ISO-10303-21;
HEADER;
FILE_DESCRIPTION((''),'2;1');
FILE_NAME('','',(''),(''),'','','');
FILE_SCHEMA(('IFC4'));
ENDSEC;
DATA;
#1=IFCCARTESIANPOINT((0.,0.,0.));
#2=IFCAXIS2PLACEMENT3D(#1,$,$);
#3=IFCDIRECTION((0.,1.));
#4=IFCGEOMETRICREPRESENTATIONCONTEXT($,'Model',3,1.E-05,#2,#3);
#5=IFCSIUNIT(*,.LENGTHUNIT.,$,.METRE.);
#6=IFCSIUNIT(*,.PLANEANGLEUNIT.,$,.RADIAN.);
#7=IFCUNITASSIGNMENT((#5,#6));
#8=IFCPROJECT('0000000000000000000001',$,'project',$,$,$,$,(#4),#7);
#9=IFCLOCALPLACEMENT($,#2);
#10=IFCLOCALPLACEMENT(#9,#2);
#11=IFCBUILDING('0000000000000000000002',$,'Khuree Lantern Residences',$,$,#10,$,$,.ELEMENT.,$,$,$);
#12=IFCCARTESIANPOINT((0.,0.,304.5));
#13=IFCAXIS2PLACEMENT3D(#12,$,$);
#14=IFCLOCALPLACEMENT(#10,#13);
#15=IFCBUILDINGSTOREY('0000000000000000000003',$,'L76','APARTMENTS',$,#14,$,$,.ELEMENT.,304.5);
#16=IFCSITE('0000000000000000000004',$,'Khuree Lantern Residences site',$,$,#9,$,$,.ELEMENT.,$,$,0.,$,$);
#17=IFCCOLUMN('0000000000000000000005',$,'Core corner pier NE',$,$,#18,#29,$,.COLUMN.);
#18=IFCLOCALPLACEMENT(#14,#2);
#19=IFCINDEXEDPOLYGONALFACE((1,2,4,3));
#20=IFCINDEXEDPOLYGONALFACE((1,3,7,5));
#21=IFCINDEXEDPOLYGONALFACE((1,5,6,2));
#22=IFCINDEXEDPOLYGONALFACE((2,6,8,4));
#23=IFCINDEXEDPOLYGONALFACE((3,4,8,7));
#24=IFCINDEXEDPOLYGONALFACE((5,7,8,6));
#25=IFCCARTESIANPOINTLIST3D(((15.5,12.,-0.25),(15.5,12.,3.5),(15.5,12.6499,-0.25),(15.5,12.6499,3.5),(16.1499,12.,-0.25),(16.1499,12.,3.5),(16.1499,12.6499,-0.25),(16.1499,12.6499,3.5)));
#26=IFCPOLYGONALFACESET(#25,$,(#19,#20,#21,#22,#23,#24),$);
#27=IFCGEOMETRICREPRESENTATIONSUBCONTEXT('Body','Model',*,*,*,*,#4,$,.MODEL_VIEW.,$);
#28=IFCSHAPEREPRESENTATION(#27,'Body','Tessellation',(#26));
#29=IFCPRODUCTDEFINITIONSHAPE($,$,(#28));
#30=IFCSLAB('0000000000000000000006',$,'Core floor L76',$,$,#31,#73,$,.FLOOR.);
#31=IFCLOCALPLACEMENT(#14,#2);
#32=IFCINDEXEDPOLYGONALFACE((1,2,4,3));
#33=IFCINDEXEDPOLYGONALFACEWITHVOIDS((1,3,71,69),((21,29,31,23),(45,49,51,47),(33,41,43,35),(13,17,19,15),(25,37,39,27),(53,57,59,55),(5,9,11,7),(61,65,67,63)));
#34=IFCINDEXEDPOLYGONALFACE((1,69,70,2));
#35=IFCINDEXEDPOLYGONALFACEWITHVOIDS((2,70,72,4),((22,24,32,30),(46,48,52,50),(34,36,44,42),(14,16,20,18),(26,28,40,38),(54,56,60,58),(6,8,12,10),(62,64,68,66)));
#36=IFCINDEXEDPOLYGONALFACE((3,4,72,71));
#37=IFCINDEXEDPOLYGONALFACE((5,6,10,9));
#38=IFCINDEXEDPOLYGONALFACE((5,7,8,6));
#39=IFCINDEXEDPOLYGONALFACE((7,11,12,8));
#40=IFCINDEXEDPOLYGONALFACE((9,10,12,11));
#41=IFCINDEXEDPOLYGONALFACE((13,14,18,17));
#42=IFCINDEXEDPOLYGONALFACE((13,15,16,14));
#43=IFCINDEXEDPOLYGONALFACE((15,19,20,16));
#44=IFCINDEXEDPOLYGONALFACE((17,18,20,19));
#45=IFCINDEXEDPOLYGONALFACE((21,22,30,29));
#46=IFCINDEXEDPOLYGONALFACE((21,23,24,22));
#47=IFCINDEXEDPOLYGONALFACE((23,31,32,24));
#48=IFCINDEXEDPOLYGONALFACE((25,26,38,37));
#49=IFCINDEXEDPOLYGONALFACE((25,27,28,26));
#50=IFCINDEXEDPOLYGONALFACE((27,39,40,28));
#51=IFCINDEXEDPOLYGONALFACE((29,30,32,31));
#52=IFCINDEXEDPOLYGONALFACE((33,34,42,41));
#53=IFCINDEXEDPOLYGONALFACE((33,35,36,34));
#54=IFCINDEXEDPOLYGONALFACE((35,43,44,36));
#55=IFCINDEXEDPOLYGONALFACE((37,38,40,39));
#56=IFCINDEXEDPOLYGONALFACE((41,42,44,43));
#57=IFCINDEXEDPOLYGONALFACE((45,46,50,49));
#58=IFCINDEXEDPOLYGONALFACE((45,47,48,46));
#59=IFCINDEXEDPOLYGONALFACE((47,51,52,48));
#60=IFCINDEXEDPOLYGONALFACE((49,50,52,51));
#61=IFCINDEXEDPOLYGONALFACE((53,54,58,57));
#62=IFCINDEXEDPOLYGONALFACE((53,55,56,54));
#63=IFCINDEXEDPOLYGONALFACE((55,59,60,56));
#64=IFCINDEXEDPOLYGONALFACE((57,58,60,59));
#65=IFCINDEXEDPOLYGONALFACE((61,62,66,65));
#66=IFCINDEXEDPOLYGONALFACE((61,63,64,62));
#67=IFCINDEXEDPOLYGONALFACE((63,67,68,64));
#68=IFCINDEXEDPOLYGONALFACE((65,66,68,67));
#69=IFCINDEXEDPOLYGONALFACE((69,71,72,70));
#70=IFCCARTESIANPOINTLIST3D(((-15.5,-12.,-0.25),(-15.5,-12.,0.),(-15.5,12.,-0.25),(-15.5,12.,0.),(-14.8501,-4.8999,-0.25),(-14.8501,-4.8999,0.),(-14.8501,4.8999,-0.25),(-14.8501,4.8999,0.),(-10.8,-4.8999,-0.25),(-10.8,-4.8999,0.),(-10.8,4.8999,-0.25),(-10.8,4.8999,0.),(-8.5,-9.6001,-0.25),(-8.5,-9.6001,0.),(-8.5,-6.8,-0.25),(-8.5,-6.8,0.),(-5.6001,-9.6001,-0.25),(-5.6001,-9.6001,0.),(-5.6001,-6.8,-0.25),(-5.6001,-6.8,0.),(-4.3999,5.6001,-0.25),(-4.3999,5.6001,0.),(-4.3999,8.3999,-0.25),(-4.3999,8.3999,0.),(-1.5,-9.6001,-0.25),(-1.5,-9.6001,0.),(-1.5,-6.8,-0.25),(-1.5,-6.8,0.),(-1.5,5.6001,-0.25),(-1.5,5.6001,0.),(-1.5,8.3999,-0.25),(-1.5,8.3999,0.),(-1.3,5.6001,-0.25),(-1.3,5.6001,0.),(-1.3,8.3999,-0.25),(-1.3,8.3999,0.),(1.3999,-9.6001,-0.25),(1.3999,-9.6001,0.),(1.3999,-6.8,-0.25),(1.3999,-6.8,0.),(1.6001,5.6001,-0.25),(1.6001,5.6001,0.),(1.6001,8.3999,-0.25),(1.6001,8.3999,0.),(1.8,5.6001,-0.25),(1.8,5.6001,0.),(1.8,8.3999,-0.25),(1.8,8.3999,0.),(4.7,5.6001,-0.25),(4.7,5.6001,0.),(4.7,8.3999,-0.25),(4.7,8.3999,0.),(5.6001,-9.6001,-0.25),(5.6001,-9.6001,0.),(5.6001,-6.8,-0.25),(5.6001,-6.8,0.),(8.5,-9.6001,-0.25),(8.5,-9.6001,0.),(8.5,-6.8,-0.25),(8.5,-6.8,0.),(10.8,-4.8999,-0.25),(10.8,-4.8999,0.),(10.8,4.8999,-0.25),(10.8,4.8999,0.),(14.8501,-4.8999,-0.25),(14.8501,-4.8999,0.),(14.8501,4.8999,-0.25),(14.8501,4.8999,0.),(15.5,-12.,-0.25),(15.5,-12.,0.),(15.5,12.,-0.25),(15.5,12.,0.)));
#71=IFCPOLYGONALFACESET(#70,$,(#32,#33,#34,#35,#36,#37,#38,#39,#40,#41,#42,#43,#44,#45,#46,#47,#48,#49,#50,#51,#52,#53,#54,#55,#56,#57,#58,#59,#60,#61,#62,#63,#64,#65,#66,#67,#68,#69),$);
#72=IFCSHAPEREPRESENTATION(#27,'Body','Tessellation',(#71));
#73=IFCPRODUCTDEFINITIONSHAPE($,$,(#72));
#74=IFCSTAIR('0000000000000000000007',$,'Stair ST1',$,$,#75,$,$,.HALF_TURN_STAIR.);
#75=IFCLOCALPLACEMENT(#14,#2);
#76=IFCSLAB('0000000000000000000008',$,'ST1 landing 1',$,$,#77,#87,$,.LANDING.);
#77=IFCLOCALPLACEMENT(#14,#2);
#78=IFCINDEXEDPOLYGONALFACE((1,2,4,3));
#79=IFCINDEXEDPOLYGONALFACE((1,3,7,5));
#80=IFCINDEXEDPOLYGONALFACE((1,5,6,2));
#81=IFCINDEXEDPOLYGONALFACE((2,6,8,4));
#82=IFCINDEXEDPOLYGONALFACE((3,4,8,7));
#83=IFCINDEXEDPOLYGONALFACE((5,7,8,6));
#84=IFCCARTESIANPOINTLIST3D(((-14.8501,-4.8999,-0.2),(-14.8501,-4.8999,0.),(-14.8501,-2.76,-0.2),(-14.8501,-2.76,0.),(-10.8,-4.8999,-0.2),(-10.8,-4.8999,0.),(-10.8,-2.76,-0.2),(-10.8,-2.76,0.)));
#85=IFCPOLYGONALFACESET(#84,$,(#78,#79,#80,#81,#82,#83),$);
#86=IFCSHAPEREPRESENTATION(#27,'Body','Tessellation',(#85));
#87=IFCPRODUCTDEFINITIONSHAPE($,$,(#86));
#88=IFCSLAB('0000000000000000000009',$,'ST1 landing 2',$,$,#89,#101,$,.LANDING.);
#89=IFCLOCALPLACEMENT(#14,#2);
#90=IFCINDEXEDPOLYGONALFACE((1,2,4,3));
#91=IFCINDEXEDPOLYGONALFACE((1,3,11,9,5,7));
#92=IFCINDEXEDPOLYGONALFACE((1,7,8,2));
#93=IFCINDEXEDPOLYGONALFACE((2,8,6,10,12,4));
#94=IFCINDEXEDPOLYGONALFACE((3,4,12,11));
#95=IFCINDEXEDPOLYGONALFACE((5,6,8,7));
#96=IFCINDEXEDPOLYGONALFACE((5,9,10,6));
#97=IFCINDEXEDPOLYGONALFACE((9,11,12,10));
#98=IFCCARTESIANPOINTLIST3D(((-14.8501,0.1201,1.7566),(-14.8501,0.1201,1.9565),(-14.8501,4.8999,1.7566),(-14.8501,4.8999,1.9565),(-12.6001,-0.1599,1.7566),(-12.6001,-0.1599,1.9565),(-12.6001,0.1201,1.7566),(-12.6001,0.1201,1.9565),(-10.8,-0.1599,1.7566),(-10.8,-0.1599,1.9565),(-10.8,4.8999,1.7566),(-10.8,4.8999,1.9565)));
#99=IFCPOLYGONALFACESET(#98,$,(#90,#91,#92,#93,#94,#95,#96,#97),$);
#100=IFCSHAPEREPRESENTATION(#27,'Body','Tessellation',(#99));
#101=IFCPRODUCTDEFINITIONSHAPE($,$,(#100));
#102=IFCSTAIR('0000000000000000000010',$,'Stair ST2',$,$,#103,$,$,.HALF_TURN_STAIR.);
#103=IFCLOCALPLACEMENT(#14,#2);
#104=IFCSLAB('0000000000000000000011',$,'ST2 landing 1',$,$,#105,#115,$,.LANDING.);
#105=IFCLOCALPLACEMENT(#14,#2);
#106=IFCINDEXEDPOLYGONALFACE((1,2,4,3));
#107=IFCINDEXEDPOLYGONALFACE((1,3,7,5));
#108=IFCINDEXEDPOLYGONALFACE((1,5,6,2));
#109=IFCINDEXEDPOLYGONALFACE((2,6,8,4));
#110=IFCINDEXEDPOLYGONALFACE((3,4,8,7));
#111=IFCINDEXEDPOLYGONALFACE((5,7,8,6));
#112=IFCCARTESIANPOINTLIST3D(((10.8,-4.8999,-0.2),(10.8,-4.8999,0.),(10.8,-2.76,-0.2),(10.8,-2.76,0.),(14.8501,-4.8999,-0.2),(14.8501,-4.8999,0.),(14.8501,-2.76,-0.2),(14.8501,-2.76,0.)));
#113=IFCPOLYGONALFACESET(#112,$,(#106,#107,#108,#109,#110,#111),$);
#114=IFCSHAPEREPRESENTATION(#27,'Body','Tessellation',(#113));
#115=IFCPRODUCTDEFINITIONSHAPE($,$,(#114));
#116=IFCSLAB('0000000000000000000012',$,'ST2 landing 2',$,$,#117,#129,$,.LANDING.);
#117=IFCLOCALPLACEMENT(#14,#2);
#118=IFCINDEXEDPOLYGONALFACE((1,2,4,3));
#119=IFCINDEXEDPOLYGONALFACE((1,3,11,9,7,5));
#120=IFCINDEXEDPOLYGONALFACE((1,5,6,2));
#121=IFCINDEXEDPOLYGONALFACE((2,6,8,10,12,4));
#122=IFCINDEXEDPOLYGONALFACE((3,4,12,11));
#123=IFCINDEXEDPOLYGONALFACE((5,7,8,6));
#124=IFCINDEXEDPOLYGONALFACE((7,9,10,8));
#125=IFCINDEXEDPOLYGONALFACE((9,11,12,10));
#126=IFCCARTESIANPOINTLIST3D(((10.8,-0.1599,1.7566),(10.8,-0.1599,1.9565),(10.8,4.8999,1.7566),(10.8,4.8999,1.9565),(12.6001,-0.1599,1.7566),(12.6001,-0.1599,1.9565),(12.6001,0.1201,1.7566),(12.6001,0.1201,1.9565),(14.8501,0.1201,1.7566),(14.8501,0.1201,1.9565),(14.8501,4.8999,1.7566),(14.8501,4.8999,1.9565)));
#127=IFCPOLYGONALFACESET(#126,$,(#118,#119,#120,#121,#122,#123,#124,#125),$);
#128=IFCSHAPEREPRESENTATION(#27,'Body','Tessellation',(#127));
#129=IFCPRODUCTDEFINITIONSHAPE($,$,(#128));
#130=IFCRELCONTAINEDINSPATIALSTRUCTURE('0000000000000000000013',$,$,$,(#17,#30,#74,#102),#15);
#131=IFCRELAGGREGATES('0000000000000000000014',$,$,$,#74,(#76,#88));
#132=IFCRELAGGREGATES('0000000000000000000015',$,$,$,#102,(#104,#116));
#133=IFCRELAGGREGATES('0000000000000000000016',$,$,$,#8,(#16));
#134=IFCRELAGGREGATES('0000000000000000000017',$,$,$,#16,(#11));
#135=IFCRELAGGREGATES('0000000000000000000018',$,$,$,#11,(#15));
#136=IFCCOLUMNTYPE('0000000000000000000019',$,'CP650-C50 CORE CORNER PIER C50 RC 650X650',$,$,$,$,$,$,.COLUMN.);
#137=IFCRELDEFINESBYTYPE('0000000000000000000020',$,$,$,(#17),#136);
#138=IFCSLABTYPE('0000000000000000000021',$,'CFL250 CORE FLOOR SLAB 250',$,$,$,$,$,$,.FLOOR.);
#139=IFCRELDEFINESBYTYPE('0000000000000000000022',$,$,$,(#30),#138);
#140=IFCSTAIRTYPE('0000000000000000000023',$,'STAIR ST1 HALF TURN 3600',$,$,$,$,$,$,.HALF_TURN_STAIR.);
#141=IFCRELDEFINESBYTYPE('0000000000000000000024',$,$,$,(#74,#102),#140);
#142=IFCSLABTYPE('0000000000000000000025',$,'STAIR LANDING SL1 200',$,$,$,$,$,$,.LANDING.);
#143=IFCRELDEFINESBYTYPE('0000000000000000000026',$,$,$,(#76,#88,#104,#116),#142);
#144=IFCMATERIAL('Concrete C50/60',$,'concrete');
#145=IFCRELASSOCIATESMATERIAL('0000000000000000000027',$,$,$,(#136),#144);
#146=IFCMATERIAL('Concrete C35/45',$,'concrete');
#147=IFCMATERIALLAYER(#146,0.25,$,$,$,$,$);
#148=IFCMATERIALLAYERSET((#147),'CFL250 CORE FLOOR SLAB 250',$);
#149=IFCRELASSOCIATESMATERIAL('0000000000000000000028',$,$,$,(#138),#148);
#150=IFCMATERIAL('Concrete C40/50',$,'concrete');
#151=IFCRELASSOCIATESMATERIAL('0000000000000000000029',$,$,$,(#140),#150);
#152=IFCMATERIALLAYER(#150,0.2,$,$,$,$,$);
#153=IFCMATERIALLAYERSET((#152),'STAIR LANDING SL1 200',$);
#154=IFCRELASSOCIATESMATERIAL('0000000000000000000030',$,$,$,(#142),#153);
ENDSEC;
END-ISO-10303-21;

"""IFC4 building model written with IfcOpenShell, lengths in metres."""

from ifc_helpers import new_model, si_unit, direction, frame, origin, origin_2d, place, context, subcontext, project, spatial, polyline, rectangle, outline, extrude, material, layer, layer_set, material_profile, profile_set, type_object, element, aggregate, save


model = new_model("IFC4")

# Units and contexts
model_context = context("Model", 3, precision=1e-05, world=origin(), true_north=direction((0.0, 1.0)))
body_context = subcontext(model_context, "Body", "Model", "MODEL_VIEW")
ifc_project = project(units=[si_unit("LENGTHUNIT", "METRE"), si_unit("PLANEANGLEUNIT", "RADIAN")], contexts=[model_context])

# Site, building, storey
site_placement = place(None, origin())
site = spatial("IfcSite", under=ifc_project, at=site_placement, Name="Khuree Lantern Residences site", CompositionType="ELEMENT", RefElevation=0.0)
building_placement = place(site_placement, origin())
building = spatial("IfcBuilding", under=site, at=building_placement, Name="Khuree Lantern Residences", CompositionType="ELEMENT")
storey_placement = place(building_placement, frame((0.0, 0.0, 304.5)))
storey = spatial("IfcBuildingStorey", under=building, at=storey_placement, Name="L76", Description="APARTMENTS", CompositionType="ELEMENT", Elevation=304.5)

# Column
ifc_material_1 = material(Name="Concrete C50/60", Category="concrete")
ifc_material_profile = material_profile(ifc_material_1, rectangle(XDim=0.6499, YDim=0.6499, at=origin_2d()), Name="RC 650X650")
ifc_profile_set = profile_set([ifc_material_profile], Name="Concrete C50/60")
column_type = type_object("IfcColumnType", Name="CP650-C50 CORE CORNER PIER C50 RC 650X650", PredefinedType="COLUMN", material=ifc_profile_set)
column_placement = place(storey_placement, frame((15.825, 12.325, -0.25), z_axis=(0.0, 0.0, 1.0), x_axis=(1.0, 0.0, 0.0)))
element("IfcColumn", 1, at=column_placement, inside=storey, type_object=column_type, Name="Core corner pier NE", PredefinedType="COLUMN", context=body_context, shape_type="SweptSolid", body=[
    extrude(rectangle(XDim=0.6499, YDim=0.6499, at=origin_2d()), origin(), (0.0, 0.0, 1.0), 3.75),
])

# Slab
ifc_material_2 = material(Name="Concrete C35/45", Category="concrete")
ifc_layer_1 = layer(ifc_material_2, 0.25)
ifc_layer_set_1 = layer_set([ifc_layer_1], Name="CFL250 CORE FLOOR SLAB 250")
slab_type_1 = type_object("IfcSlabType", Name="CFL250 CORE FLOOR SLAB 250", PredefinedType="FLOOR", material=ifc_layer_set_1)
slab_1_placement = place(storey_placement, frame((0.0, 0.0, -0.25)))
element("IfcSlab", 2, at=slab_1_placement, inside=storey, type_object=slab_type_1, Name="Core floor L76", PredefinedType="FLOOR", context=body_context, shape_type="SweptSolid", body=[
    extrude(outline(polyline([(-15.5, -12.0), (-15.5, 12.0), (15.5, 12.0), (15.5, -12.0), (-15.5, -12.0)]), holes=[polyline([(10.8, 4.8999), (10.8, -4.8999), (14.8501, -4.8999), (14.8501, 4.8999), (10.8, 4.8999)]), polyline([(5.6001, -6.8), (5.6001, -9.6001), (8.5, -9.6001), (8.5, -6.8), (5.6001, -6.8)]), polyline([(1.8, 8.3999), (1.8, 5.6001), (4.7, 5.6001), (4.7, 8.3999), (1.8, 8.3999)]), polyline([(-1.3, 8.3999), (-1.3, 5.6001), (1.6001, 5.6001), (1.6001, 8.3999), (-1.3, 8.3999)]), polyline([(-1.5, -6.8), (-1.5, -9.6001), (1.3999, -9.6001), (1.3999, -6.8), (-1.5, -6.8)]), polyline([(-4.3999, 8.3999), (-4.3999, 5.6001), (-1.5, 5.6001), (-1.5, 8.3999), (-4.3999, 8.3999)]), polyline([(-8.5, -6.8), (-8.5, -9.6001), (-5.6001, -9.6001), (-5.6001, -6.8), (-8.5, -6.8)]), polyline([(-14.8501, 4.8999), (-14.8501, -4.8999), (-10.8, -4.8999), (-10.8, 4.8999), (-14.8501, 4.8999)])]), origin(), (0.0, 0.0, 1.0), 0.25),
])

# Stairs, slabs
ifc_material_3 = material(Name="Concrete C40/50", Category="concrete")
stair_type = type_object("IfcStairType", Name="STAIR ST1 HALF TURN 3600", PredefinedType="HALF_TURN_STAIR", material=ifc_material_3)
stair_1_placement = place(storey_placement, origin())
stair_1 = element("IfcStair", 3, at=stair_1_placement, inside=storey, type_object=stair_type, Name="Stair ST1", PredefinedType="HALF_TURN_STAIR")
ifc_layer_2 = layer(ifc_material_3, 0.2)
ifc_layer_set_2 = layer_set([ifc_layer_2], Name="STAIR LANDING SL1 200")
slab_type_2 = type_object("IfcSlabType", Name="STAIR LANDING SL1 200", PredefinedType="LANDING", material=ifc_layer_set_2)
slab_2_placement = place(storey_placement, frame((0.0, 0.0, -0.2)))
slab_2 = element("IfcSlab", 4, at=slab_2_placement, type_object=slab_type_2, Name="ST1 landing 1", PredefinedType="LANDING", context=body_context, shape_type="SweptSolid", body=[
    extrude(outline(polyline([(-14.8501, -4.8999), (-10.8, -4.8999), (-10.8, -2.76), (-14.8501, -2.76), (-14.8501, -4.8999)])), origin(), (0.0, 0.0, 1.0), 0.2),
])
slab_3_placement = place(storey_placement, frame((0.0, 0.0, 1.7566)))
slab_3 = element("IfcSlab", 5, at=slab_3_placement, type_object=slab_type_2, Name="ST1 landing 2", PredefinedType="LANDING", context=body_context, shape_type="SweptSolid", body=[
    extrude(outline(polyline([(-14.8501, 0.1201), (-14.8501, 4.8999), (-10.8, 4.8999), (-10.8, -0.1599), (-12.6001, -0.1599), (-12.6001, 0.1201), (-14.8501, 0.1201)])), origin(), (0.0, 0.0, 1.0), 0.2),
])
aggregate(stair_1, [slab_2, slab_3])
stair_2_placement = place(storey_placement, origin())
stair_2 = element("IfcStair", 6, at=stair_2_placement, inside=storey, type_object=stair_type, Name="Stair ST2", PredefinedType="HALF_TURN_STAIR")
slab_4_placement = place(storey_placement, frame((0.0, 0.0, -0.2)))
slab_4 = element("IfcSlab", 7, at=slab_4_placement, type_object=slab_type_2, Name="ST2 landing 1", PredefinedType="LANDING", context=body_context, shape_type="SweptSolid", body=[
    extrude(outline(polyline([(10.8, -4.8999), (14.8501, -4.8999), (14.8501, -2.76), (10.8, -2.76), (10.8, -4.8999)])), origin(), (0.0, 0.0, 1.0), 0.2),
])
slab_5_placement = place(storey_placement, frame((0.0, 0.0, 1.7566)))
slab_5 = element("IfcSlab", 8, at=slab_5_placement, type_object=slab_type_2, Name="ST2 landing 2", PredefinedType="LANDING", context=body_context, shape_type="SweptSolid", body=[
    extrude(outline(polyline([(14.8501, 4.8999), (14.8501, 0.1201), (12.6001, 0.1201), (12.6001, -0.1599), (10.8, -0.1599), (10.8, 4.8999), (14.8501, 4.8999)])), origin(), (0.0, 0.0, 1.0), 0.2),
])
aggregate(stair_2, [slab_4, slab_5])

save(model, "model.ifc")
